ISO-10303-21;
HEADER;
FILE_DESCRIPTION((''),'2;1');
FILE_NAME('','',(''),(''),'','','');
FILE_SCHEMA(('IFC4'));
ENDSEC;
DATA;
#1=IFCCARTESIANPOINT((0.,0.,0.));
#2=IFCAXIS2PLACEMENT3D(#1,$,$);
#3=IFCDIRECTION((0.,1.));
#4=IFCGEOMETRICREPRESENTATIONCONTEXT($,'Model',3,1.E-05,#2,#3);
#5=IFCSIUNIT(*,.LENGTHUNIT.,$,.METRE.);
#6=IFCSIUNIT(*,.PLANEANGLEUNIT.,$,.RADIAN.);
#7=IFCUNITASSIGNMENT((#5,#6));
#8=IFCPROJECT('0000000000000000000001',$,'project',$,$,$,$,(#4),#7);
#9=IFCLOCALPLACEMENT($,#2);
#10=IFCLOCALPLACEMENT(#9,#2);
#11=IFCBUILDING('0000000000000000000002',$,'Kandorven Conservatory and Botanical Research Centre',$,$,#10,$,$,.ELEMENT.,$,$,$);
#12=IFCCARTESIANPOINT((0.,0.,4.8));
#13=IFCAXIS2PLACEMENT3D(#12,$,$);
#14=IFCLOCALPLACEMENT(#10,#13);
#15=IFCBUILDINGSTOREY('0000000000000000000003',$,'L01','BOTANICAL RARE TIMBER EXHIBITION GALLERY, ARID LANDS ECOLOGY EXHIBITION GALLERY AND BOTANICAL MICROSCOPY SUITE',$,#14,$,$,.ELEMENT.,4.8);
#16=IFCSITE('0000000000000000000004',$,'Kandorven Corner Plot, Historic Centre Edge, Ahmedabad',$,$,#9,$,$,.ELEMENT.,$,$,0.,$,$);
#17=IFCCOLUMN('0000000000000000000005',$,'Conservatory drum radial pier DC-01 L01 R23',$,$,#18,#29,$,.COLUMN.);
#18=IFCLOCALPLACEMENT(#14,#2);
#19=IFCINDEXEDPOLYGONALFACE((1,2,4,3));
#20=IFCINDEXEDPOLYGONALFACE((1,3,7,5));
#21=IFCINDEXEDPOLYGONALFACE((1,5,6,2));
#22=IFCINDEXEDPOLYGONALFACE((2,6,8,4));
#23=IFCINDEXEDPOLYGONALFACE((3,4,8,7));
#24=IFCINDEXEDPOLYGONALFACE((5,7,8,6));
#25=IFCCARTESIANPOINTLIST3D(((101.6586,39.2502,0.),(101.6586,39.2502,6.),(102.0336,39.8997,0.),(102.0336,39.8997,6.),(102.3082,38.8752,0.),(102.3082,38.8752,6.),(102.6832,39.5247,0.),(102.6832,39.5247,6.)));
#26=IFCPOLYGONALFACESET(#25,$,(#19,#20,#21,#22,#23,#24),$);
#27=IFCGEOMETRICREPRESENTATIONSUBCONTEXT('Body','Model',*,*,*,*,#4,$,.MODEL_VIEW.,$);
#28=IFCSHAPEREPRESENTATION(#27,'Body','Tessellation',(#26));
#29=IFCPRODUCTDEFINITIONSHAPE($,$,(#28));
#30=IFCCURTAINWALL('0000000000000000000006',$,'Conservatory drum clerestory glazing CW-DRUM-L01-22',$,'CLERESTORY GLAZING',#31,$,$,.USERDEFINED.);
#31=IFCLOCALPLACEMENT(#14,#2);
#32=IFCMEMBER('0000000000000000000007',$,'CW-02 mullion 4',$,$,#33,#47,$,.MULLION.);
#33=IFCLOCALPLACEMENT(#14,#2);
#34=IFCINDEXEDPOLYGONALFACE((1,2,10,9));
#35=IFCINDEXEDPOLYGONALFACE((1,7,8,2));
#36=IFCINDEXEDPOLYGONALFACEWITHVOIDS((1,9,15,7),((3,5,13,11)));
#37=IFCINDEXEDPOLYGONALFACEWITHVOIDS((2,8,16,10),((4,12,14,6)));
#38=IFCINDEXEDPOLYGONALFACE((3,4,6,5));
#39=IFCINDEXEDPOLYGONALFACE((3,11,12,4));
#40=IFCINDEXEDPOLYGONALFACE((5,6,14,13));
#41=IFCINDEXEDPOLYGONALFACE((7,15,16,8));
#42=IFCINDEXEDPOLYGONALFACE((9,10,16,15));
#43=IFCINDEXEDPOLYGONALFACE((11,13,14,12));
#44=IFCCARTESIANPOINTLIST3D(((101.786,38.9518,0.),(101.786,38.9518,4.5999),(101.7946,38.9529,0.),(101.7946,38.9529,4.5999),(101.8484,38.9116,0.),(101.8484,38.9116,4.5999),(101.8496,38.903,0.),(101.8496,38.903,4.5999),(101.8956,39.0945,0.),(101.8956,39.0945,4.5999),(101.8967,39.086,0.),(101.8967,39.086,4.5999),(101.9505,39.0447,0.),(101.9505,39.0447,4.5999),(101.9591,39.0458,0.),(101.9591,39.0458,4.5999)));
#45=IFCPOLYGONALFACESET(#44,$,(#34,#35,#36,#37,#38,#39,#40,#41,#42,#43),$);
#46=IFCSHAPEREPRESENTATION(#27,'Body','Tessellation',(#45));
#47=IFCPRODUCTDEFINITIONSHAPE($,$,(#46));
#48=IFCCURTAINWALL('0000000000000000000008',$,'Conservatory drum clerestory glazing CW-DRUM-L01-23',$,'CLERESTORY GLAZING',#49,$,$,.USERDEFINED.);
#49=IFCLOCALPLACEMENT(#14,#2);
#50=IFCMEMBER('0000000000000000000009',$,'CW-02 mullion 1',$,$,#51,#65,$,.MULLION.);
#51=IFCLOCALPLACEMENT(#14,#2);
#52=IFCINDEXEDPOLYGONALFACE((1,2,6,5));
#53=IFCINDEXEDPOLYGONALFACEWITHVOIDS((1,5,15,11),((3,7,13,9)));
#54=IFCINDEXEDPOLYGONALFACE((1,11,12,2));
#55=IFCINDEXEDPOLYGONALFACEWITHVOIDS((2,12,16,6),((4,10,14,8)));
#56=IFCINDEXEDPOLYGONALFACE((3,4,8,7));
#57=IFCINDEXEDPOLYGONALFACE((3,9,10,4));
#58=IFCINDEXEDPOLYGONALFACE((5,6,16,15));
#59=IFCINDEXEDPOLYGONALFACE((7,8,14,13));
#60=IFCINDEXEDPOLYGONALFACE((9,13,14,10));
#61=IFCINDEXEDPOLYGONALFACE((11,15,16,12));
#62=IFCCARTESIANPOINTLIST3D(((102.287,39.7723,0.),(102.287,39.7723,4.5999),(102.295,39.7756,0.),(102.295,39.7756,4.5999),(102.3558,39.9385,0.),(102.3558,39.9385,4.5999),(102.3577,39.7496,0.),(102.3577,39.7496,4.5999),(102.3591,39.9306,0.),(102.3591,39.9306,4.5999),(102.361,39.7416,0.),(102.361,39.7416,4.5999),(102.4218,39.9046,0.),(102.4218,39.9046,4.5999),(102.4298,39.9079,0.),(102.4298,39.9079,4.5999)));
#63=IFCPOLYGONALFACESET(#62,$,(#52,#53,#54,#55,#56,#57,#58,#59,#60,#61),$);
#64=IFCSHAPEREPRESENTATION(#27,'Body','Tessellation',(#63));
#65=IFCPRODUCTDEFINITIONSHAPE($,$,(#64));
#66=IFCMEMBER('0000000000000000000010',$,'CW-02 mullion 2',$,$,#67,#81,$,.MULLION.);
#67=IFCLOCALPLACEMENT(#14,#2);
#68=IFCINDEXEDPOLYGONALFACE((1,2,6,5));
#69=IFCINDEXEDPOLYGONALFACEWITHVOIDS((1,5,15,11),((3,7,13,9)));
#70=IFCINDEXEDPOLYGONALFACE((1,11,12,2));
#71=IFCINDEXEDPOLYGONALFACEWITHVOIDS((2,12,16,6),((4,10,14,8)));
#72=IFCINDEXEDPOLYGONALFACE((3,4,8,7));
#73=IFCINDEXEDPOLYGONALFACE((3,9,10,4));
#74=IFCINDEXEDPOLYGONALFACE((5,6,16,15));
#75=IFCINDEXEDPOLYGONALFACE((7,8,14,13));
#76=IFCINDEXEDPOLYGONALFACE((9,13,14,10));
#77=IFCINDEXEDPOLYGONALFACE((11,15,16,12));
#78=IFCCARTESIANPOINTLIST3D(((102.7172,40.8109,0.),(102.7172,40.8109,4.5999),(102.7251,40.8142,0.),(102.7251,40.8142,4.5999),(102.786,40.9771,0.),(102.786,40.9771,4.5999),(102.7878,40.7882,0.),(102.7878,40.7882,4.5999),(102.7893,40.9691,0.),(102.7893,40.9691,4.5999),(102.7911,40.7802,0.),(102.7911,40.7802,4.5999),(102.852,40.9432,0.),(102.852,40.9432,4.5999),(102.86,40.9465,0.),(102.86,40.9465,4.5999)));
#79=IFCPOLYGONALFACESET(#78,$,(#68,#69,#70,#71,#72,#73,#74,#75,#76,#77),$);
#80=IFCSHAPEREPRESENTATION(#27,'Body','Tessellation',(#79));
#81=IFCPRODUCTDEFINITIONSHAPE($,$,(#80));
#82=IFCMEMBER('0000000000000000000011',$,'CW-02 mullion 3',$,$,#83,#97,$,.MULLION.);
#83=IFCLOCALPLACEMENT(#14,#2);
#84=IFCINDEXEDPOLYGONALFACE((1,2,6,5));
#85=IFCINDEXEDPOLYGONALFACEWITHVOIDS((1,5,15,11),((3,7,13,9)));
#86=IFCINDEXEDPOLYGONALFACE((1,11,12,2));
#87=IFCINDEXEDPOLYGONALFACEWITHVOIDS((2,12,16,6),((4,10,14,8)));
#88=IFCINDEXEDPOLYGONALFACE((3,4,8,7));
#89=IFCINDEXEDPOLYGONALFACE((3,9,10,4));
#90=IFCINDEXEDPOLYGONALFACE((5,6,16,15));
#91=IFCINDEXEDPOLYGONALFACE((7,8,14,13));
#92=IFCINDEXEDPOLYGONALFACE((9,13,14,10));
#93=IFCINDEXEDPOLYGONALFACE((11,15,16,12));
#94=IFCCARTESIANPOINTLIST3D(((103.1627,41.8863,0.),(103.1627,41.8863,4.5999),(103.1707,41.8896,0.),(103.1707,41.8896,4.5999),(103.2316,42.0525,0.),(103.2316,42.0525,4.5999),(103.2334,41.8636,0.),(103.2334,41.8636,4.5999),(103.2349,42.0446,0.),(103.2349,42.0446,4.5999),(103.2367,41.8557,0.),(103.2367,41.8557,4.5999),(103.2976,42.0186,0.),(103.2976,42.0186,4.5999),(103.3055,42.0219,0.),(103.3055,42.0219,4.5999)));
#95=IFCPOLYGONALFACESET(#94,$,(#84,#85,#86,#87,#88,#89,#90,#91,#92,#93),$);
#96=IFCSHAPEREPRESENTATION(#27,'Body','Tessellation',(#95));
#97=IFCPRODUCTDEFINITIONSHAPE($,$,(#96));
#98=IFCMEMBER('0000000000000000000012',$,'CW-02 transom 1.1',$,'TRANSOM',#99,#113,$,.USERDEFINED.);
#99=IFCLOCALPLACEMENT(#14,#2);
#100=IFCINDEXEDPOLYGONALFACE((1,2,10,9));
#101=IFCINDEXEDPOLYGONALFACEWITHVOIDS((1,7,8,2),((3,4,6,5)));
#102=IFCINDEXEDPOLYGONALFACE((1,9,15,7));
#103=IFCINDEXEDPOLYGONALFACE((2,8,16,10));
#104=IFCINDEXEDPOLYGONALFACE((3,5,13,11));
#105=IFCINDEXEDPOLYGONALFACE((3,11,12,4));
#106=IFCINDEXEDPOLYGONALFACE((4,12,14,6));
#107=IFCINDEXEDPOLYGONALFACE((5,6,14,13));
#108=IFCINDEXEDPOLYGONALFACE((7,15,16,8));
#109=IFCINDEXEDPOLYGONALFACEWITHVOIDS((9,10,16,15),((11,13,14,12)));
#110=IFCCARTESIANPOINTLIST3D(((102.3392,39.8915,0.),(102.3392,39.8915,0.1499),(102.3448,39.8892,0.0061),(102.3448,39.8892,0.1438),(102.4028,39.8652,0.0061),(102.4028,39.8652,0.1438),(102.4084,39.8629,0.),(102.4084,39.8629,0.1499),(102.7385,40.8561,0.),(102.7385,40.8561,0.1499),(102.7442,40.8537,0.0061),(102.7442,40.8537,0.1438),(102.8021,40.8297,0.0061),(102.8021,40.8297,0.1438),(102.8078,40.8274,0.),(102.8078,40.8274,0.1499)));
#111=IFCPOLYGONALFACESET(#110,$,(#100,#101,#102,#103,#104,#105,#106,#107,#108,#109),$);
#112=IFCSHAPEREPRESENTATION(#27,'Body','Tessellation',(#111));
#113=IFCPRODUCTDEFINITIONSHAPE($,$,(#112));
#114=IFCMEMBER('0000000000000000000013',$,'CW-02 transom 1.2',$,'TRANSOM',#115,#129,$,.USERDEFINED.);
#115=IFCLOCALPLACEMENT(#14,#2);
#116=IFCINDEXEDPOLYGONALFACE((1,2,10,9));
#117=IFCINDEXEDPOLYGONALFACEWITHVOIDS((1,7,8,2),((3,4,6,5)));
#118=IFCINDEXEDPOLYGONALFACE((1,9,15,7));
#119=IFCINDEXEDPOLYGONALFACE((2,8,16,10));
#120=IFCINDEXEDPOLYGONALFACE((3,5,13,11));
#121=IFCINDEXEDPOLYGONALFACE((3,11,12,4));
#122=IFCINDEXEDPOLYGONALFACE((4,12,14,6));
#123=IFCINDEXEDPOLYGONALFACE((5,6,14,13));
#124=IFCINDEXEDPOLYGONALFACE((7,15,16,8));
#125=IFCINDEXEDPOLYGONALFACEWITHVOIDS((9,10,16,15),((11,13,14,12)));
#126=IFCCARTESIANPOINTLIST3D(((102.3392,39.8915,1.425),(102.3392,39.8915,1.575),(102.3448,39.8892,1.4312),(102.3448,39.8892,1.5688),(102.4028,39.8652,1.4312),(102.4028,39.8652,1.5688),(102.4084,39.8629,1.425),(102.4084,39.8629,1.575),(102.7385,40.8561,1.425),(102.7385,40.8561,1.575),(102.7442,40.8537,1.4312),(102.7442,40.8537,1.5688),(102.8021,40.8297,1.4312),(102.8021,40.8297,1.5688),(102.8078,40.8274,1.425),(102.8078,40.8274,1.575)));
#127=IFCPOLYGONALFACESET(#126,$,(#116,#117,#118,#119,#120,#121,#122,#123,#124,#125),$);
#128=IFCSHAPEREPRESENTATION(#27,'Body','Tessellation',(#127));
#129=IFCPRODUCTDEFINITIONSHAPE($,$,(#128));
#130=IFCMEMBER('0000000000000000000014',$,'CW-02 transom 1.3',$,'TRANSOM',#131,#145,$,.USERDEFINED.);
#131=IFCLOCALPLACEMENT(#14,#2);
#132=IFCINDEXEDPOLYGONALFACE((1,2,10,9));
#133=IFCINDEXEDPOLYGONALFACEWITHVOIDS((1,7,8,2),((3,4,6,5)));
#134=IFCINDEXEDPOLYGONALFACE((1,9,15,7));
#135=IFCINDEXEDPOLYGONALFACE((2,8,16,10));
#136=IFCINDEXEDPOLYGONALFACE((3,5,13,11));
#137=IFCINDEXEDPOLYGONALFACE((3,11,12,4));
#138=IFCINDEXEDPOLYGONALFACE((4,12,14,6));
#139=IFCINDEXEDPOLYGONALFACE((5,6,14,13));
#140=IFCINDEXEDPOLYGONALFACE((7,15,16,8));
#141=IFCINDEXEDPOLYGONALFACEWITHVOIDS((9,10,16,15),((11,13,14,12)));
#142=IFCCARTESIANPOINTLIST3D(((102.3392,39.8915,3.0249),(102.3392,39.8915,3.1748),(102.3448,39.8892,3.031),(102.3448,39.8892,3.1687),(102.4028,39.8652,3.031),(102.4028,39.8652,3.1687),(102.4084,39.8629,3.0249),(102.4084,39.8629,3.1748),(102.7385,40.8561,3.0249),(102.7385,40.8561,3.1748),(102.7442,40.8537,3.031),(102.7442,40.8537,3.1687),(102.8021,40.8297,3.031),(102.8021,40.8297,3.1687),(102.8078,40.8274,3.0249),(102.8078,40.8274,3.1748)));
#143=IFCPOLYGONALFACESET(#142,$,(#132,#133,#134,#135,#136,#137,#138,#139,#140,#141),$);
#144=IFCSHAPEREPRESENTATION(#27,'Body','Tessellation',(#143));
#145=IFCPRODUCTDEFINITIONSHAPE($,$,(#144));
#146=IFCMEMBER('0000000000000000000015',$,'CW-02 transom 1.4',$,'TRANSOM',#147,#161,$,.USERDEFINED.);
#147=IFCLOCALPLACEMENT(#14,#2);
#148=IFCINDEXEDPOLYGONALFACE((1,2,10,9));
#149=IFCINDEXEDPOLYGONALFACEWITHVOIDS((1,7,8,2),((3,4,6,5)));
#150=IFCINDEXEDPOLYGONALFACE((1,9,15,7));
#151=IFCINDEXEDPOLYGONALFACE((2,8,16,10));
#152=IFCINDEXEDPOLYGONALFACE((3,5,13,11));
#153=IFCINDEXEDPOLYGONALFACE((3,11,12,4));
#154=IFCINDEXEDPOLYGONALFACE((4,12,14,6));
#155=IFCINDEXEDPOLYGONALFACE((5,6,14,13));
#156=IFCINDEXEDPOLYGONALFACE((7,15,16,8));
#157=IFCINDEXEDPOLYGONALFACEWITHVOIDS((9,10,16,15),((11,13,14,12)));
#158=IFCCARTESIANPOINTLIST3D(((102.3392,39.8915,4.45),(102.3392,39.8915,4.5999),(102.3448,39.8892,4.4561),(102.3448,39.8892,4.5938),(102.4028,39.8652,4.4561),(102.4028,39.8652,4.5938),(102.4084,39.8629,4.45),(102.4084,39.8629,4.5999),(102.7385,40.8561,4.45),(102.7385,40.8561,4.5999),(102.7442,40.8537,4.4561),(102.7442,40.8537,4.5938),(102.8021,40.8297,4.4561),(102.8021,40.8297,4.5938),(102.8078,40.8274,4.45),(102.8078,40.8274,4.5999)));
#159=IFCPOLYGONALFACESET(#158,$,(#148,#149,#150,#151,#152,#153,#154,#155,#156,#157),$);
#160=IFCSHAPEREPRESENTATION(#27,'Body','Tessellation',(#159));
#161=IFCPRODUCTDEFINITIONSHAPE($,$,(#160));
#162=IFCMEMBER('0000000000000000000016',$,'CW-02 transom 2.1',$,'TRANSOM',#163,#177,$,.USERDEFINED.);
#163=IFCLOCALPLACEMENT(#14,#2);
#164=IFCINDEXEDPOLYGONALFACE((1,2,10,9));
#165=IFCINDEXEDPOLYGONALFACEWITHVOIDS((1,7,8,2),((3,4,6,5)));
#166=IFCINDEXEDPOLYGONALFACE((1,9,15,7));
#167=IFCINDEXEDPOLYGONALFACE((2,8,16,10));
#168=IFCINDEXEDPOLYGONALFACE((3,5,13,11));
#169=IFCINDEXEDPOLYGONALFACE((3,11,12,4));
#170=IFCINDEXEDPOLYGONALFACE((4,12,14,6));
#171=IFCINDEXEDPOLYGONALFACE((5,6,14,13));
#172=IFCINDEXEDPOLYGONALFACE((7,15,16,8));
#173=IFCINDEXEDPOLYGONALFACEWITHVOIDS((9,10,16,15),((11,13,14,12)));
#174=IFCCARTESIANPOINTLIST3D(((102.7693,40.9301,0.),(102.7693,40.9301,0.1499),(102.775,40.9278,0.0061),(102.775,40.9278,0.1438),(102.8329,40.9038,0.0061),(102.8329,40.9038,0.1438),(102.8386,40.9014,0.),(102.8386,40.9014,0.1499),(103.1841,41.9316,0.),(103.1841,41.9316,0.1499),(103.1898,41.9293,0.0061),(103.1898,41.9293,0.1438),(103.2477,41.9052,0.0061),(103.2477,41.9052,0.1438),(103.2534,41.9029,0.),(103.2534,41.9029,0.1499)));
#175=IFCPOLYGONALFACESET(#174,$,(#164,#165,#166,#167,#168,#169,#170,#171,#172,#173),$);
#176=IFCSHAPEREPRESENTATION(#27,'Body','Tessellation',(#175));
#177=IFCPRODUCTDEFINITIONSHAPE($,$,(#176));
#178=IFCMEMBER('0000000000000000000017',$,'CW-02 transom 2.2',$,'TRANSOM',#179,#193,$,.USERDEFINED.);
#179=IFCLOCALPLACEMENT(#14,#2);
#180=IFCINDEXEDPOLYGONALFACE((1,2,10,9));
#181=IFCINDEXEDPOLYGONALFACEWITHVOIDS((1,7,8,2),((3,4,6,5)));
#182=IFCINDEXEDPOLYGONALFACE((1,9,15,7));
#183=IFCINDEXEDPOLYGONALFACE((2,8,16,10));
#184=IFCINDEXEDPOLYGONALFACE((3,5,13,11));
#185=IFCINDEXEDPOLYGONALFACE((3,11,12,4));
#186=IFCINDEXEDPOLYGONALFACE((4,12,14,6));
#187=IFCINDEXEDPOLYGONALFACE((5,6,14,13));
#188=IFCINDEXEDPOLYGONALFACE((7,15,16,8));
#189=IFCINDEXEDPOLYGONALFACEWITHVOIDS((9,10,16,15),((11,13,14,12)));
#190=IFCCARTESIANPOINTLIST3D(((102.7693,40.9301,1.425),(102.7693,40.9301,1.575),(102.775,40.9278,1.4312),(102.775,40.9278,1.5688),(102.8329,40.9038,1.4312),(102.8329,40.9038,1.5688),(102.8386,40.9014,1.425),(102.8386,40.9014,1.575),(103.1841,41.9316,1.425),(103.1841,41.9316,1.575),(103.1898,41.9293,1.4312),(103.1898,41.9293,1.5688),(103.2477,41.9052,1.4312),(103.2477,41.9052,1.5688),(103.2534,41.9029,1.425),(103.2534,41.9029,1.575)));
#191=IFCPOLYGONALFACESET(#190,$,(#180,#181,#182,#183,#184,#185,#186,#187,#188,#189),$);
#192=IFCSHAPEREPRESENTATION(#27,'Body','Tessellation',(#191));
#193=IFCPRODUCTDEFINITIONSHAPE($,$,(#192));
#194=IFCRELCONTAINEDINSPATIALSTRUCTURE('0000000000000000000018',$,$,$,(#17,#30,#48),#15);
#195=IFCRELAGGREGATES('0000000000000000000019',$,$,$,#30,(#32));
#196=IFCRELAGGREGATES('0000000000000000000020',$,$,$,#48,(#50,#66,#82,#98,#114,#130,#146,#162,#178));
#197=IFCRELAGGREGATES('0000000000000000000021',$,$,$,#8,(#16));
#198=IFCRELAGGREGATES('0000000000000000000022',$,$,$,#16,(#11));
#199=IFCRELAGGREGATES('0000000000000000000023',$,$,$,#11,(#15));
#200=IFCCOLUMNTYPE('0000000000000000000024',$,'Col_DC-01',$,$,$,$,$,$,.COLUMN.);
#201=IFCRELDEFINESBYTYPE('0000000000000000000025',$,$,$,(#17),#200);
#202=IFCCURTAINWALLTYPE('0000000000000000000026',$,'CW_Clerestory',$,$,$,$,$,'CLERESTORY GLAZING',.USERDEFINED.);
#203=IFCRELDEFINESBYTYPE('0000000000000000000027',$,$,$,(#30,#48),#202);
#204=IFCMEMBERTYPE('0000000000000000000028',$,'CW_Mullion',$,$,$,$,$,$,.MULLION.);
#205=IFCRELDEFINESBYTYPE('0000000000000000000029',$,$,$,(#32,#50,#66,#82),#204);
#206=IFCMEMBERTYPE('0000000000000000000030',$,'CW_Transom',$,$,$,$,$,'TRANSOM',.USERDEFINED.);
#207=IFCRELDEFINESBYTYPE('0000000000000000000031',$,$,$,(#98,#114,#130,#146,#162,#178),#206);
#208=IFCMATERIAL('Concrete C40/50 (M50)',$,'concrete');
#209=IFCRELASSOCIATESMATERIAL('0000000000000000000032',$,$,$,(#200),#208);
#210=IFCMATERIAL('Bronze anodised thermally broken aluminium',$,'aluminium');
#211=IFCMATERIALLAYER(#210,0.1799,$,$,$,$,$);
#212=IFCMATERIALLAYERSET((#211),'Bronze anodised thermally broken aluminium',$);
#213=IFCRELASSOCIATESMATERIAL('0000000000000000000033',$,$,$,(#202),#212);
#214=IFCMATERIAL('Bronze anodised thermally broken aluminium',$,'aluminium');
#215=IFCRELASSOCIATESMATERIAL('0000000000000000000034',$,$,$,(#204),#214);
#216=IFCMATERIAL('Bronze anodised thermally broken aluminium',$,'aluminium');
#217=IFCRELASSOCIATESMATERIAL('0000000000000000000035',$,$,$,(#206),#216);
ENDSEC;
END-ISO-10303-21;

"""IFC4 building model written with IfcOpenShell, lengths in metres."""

from ifc_helpers import new_model, si_unit, direction, frame, origin, origin_2d, place, context, subcontext, project, spatial, rectangle, hollow_rectangle, extrude, material, layer, layer_set, material_profile, profile_set, type_object, element, aggregate, save


model = new_model("IFC4")

# Units and contexts
model_context = context("Model", 3, precision=1e-05, world=origin(), true_north=direction((0.0, 1.0)))
body_context = subcontext(model_context, "Body", "Model", "MODEL_VIEW")
ifc_project = project(units=[si_unit("LENGTHUNIT", "METRE"), si_unit("PLANEANGLEUNIT", "RADIAN")], contexts=[model_context])

# Site, building, storey
site_placement = place(None, origin())
site = spatial("IfcSite", under=ifc_project, at=site_placement, Name="Kandorven Corner Plot, Historic Centre Edge, Ahmedabad", CompositionType="ELEMENT", RefElevation=0.0)
building_placement = place(site_placement, origin())
building = spatial("IfcBuilding", under=site, at=building_placement, Name="Kandorven Conservatory and Botanical Research Centre", CompositionType="ELEMENT")
storey_placement = place(building_placement, frame((0.0, 0.0, 4.8)))
storey = spatial("IfcBuildingStorey", under=building, at=storey_placement, Name="L01", Description="BOTANICAL RARE TIMBER EXHIBITION GALLERY, ARID LANDS ECOLOGY EXHIBITION GALLERY AND BOTANICAL MICROSCOPY SUITE", CompositionType="ELEMENT", Elevation=4.8)

# Column
ifc_material_1 = material(Name="Concrete C40/50 (M50)", Category="concrete")
ifc_material_profile_1 = material_profile(ifc_material_1, rectangle(XDim=0.75, YDim=0.75, at=origin_2d()))
ifc_profile_set_1 = profile_set([ifc_material_profile_1], Name="Concrete C40/50 (M50)")
column_type = type_object("IfcColumnType", Name="Col_DC-01", PredefinedType="COLUMN", material=ifc_profile_set_1)
column_placement = place(storey_placement, frame((102.1709, 39.3875, 0.0), z_axis=(0.0, 0.0, 1.0), x_axis=(0.866025, -0.5, 0.0)))
element("IfcColumn", 1, at=column_placement, inside=storey, type_object=column_type, Name="Conservatory drum radial pier DC-01 L01 R23", PredefinedType="COLUMN", context=body_context, shape_type="SweptSolid", body=[
    extrude(rectangle(XDim=0.75, YDim=0.75, at=origin_2d()), origin(), (0.0, 0.0, 1.0), 6.0),
])

# Curtain wall, member
ifc_material_2 = material(Name="Bronze anodised thermally broken aluminium", Category="aluminium")
ifc_layer_1 = layer(ifc_material_2, 0.1799)
ifc_layer_set_1 = layer_set([ifc_layer_1], Name="Bronze anodised thermally broken aluminium")
curtain_wall_type = type_object("IfcCurtainWallType", Name="CW_Clerestory", ElementType="CLERESTORY GLAZING", PredefinedType="USERDEFINED", material=ifc_layer_set_1)
curtain_wall_1_placement = place(storey_placement, origin())
curtain_wall_1 = element("IfcCurtainWall", 2, at=curtain_wall_1_placement, inside=storey, type_object=curtain_wall_type, Name="Conservatory drum clerestory glazing CW-DRUM-L01-22", ObjectType="CLERESTORY GLAZING", PredefinedType="USERDEFINED")
ifc_material_3 = material(Name="Bronze anodised thermally broken aluminium", Category="aluminium")
ifc_material_profile_2 = material_profile(ifc_material_3, hollow_rectangle(XDim=0.0801, YDim=0.1799, WallThickness=0.0061, at=origin_2d()))
ifc_profile_set_2 = profile_set([ifc_material_profile_2], Name="Bronze anodised thermally broken aluminium")
member_type_1 = type_object("IfcMemberType", Name="CW_Mullion", PredefinedType="MULLION", material=ifc_profile_set_2)
member_1_placement = place(storey_placement, frame((101.8726, 38.9988, 0.0), z_axis=(0.0, 0.0, 1.0), x_axis=(-0.793347, 0.608769, 0.0)))
member_1 = element("IfcMember", 3, at=member_1_placement, type_object=member_type_1, Name="CW-02 mullion 4", PredefinedType="MULLION", context=body_context, shape_type="SweptSolid", body=[
    extrude(hollow_rectangle(XDim=0.0801, YDim=0.1799, WallThickness=0.0061, at=origin_2d()), origin(), (0.0, 0.0, 1.0), 4.5999),
])
aggregate(curtain_wall_1, [member_1])

# Curtain wall, members
curtain_wall_2_placement = place(storey_placement, origin())
curtain_wall_2 = element("IfcCurtainWall", 4, at=curtain_wall_2_placement, inside=storey, type_object=curtain_wall_type, Name="Conservatory drum clerestory glazing CW-DRUM-L01-23", ObjectType="CLERESTORY GLAZING", PredefinedType="USERDEFINED")
member_2_placement = place(storey_placement, frame((102.3584, 39.8401, 0.0), z_axis=(0.0, 0.0, 1.0), x_axis=(-0.923886, 0.382669, 0.0)))
member_2 = element("IfcMember", 5, at=member_2_placement, type_object=member_type_1, Name="CW-02 mullion 1", PredefinedType="MULLION", context=body_context, shape_type="SweptSolid", body=[
    extrude(hollow_rectangle(XDim=0.0801, YDim=0.1799, WallThickness=0.0061, at=origin_2d()), origin(), (0.0, 0.0, 1.0), 4.5999),
])
member_3_placement = place(storey_placement, frame((102.7886, 40.8787, 0.0), z_axis=(0.0, 0.0, 1.0), x_axis=(-0.923886, 0.382669, 0.0)))
member_3 = element("IfcMember", 6, at=member_3_placement, type_object=member_type_1, Name="CW-02 mullion 2", PredefinedType="MULLION", context=body_context, shape_type="SweptSolid", body=[
    extrude(hollow_rectangle(XDim=0.0801, YDim=0.1799, WallThickness=0.0061, at=origin_2d()), origin(), (0.0, 0.0, 1.0), 4.5999),
])
member_4_placement = place(storey_placement, frame((103.2341, 41.9541, 0.0), z_axis=(0.0, 0.0, 1.0), x_axis=(-0.923886, 0.382669, 0.0)))
member_4 = element("IfcMember", 7, at=member_4_placement, type_object=member_type_1, Name="CW-02 mullion 3", PredefinedType="MULLION", context=body_context, shape_type="SweptSolid", body=[
    extrude(hollow_rectangle(XDim=0.0801, YDim=0.1799, WallThickness=0.0061, at=origin_2d()), origin(), (0.0, 0.0, 1.0), 4.5999),
])
ifc_material_4 = material(Name="Bronze anodised thermally broken aluminium", Category="aluminium")
ifc_material_profile_3 = material_profile(ifc_material_4, hollow_rectangle(XDim=0.075, YDim=0.1499, WallThickness=0.0061, at=origin_2d()))
ifc_profile_set_3 = profile_set([ifc_material_profile_3], Name="Bronze anodised thermally broken aluminium")
member_type_2 = type_object("IfcMemberType", Name="CW_Transom", ElementType="TRANSOM", PredefinedType="USERDEFINED", material=ifc_profile_set_3)
member_5_placement = place(storey_placement, frame((102.3738, 39.8772, 0.075), z_axis=(0.382572, 0.923926, 0.0), x_axis=(-0.923926, 0.382572, 0.0)))
member_5 = element("IfcMember", 8, at=member_5_placement, type_object=member_type_2, Name="CW-02 transom 1.1", ObjectType="TRANSOM", PredefinedType="USERDEFINED", context=body_context, shape_type="SweptSolid", body=[
    extrude(hollow_rectangle(XDim=0.075, YDim=0.1499, WallThickness=0.0061, at=origin_2d()), origin(), (0.0, 0.0, 1.0), 1.0439),
])
member_6_placement = place(storey_placement, frame((102.3738, 39.8772, 1.5), z_axis=(0.382572, 0.923926, 0.0), x_axis=(-0.923926, 0.382572, 0.0)))
member_6 = element("IfcMember", 9, at=member_6_placement, type_object=member_type_2, Name="CW-02 transom 1.2", ObjectType="TRANSOM", PredefinedType="USERDEFINED", context=body_context, shape_type="SweptSolid", body=[
    extrude(hollow_rectangle(XDim=0.075, YDim=0.1499, WallThickness=0.0061, at=origin_2d()), origin(), (0.0, 0.0, 1.0), 1.0439),
])
member_7_placement = place(storey_placement, frame((102.3738, 39.8772, 3.0999), z_axis=(0.382572, 0.923926, 0.0), x_axis=(-0.923926, 0.382572, 0.0)))
member_7 = element("IfcMember", 10, at=member_7_placement, type_object=member_type_2, Name="CW-02 transom 1.3", ObjectType="TRANSOM", PredefinedType="USERDEFINED", context=body_context, shape_type="SweptSolid", body=[
    extrude(hollow_rectangle(XDim=0.075, YDim=0.1499, WallThickness=0.0061, at=origin_2d()), origin(), (0.0, 0.0, 1.0), 1.0439),
])
member_8_placement = place(storey_placement, frame((102.3738, 39.8772, 4.5249), z_axis=(0.382572, 0.923926, 0.0), x_axis=(-0.923926, 0.382572, 0.0)))
member_8 = element("IfcMember", 11, at=member_8_placement, type_object=member_type_2, Name="CW-02 transom 1.4", ObjectType="TRANSOM", PredefinedType="USERDEFINED", context=body_context, shape_type="SweptSolid", body=[
    extrude(hollow_rectangle(XDim=0.075, YDim=0.1499, WallThickness=0.0061, at=origin_2d()), origin(), (0.0, 0.0, 1.0), 1.0439),
])
member_9_placement = place(storey_placement, frame((102.804, 40.9158, 0.075), z_axis=(0.382663, 0.923888, 0.0), x_axis=(-0.923888, 0.382663, 0.0)))
member_9 = element("IfcMember", 12, at=member_9_placement, type_object=member_type_2, Name="CW-02 transom 2.1", ObjectType="TRANSOM", PredefinedType="USERDEFINED", context=body_context, shape_type="SweptSolid", body=[
    extrude(hollow_rectangle(XDim=0.075, YDim=0.1499, WallThickness=0.0061, at=origin_2d()), origin(), (0.0, 0.0, 1.0), 1.084),
])
member_10_placement = place(storey_placement, frame((102.804, 40.9158, 1.5), z_axis=(0.382663, 0.923888, 0.0), x_axis=(-0.923888, 0.382663, 0.0)))
member_10 = element("IfcMember", 13, at=member_10_placement, type_object=member_type_2, Name="CW-02 transom 2.2", ObjectType="TRANSOM", PredefinedType="USERDEFINED", context=body_context, shape_type="SweptSolid", body=[
    extrude(hollow_rectangle(XDim=0.075, YDim=0.1499, WallThickness=0.0061, at=origin_2d()), origin(), (0.0, 0.0, 1.0), 1.084),
])
aggregate(curtain_wall_2, [member_2, member_3, member_4, member_5, member_6, member_7, member_8, member_9, member_10])

save(model, "model.ifc")
